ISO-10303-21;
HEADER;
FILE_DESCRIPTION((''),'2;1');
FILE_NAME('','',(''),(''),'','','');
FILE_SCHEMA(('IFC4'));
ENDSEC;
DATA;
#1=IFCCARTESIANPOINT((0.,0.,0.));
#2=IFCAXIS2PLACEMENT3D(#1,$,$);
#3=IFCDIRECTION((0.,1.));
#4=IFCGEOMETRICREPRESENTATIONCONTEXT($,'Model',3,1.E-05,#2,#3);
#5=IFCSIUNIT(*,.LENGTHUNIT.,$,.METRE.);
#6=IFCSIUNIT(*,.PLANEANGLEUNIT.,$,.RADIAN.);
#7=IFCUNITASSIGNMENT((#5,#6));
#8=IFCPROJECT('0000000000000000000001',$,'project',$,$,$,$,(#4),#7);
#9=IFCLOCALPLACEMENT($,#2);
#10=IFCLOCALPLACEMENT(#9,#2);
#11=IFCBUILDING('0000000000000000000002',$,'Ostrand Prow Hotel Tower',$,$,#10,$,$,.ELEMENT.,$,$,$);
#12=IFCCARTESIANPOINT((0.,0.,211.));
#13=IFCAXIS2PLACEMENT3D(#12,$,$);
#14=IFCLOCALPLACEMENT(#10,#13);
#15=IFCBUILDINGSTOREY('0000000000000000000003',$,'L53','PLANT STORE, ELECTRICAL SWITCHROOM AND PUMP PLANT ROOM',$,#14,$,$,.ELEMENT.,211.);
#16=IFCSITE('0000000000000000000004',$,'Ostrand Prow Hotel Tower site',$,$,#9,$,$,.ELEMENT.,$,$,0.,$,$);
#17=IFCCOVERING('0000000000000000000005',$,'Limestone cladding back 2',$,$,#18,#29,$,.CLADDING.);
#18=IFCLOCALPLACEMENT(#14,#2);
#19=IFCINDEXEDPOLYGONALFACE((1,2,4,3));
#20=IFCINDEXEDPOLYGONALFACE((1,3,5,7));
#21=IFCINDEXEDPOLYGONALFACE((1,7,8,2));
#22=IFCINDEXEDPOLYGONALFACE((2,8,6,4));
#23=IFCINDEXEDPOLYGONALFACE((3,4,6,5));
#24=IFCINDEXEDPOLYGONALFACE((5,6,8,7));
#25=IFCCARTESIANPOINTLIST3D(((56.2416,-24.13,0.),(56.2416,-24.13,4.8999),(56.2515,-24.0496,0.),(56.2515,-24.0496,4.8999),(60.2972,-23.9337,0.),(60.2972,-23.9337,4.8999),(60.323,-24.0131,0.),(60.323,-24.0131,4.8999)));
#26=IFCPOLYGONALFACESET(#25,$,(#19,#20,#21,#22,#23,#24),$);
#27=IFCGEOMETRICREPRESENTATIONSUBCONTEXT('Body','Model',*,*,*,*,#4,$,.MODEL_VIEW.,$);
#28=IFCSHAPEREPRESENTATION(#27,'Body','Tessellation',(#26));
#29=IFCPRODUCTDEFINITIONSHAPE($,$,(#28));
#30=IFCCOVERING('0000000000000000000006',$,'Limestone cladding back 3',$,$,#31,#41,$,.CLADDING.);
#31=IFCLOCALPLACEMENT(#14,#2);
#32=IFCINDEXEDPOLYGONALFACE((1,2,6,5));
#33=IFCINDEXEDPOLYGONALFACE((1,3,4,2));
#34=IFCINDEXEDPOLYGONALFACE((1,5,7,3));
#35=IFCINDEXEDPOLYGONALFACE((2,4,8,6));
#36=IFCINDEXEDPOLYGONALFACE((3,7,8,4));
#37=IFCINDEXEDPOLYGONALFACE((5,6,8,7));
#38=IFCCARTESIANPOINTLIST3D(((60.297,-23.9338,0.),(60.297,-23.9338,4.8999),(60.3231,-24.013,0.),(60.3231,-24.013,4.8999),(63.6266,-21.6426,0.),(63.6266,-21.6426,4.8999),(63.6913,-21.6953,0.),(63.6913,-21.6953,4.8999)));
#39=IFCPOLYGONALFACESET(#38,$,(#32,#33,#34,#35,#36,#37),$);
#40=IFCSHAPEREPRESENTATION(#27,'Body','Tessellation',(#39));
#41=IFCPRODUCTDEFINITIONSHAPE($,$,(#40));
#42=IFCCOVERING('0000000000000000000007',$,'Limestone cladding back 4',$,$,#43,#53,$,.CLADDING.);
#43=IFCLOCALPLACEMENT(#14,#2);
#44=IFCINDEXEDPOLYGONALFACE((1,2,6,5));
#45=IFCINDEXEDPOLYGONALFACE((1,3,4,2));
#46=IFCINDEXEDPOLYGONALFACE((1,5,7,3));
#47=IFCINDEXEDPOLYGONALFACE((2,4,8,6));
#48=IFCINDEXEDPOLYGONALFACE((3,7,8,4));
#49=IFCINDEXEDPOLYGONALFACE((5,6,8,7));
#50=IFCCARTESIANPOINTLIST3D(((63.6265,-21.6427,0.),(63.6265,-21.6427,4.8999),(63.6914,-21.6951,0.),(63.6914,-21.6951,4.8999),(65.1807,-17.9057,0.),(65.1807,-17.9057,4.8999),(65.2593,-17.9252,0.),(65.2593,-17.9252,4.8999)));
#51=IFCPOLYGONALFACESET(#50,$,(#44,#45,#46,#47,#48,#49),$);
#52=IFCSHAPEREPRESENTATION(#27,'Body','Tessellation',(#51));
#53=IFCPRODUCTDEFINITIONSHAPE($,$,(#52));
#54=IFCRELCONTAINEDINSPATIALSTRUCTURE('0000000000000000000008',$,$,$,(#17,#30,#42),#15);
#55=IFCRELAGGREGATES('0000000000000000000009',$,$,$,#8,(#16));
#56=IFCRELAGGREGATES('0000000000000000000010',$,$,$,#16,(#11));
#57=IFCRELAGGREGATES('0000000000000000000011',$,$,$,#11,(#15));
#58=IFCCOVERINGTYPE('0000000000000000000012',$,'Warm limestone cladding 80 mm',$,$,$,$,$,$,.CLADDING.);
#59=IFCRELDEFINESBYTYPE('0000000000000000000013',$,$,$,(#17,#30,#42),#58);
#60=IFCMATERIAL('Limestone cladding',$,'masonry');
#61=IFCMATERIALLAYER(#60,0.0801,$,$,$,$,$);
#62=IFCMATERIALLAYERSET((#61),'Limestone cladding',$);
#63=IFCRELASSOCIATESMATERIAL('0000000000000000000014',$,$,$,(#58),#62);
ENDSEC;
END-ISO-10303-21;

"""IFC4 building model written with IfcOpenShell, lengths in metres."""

from ifc_helpers import new_model, si_unit, direction, frame, origin, place, context, subcontext, project, spatial, polyline, outline, extrude, material, layer, layer_set, type_object, element, save


model = new_model("IFC4")

# Units and contexts
model_context = context("Model", 3, precision=1e-05, world=origin(), true_north=direction((0.0, 1.0)))
body_context = subcontext(model_context, "Body", "Model", "MODEL_VIEW")
ifc_project = project(units=[si_unit("LENGTHUNIT", "METRE"), si_unit("PLANEANGLEUNIT", "RADIAN")], contexts=[model_context])

# Site, building, storey
site_placement = place(None, origin())
site = spatial("IfcSite", under=ifc_project, at=site_placement, Name="Ostrand Prow Hotel Tower site", CompositionType="ELEMENT", RefElevation=0.0)
building_placement = place(site_placement, origin())
building = spatial("IfcBuilding", under=site, at=building_placement, Name="Ostrand Prow Hotel Tower", CompositionType="ELEMENT")
storey_placement = place(building_placement, frame((0.0, 0.0, 211.0)))
storey = spatial("IfcBuildingStorey", under=building, at=storey_placement, Name="L53", Description="PLANT STORE, ELECTRICAL SWITCHROOM AND PUMP PLANT ROOM", CompositionType="ELEMENT", Elevation=211.0)

# Coverings
ifc_material_1 = material(Name="Limestone cladding", Category="masonry")
ifc_layer_1 = layer(ifc_material_1, 0.0801)
ifc_layer_set_1 = layer_set([ifc_layer_1], Name="Limestone cladding")
covering_type_1 = type_object("IfcCoveringType", Name="Warm limestone cladding 80 mm", PredefinedType="CLADDING", material=ifc_layer_set_1)
covering_1_placement = place(storey_placement, frame((56.2466, -24.0898, 0.0), z_axis=(0.0, 0.0, 1.0), x_axis=(0.99959, 0.028647, 0.0)))
element("IfcCovering", 1, at=covering_1_placement, inside=storey, type_object=covering_type_1, Name="Limestone cladding back 2", PredefinedType="CLADDING", context=body_context, shape_type="SweptSolid", body=[
    extrude(outline(polyline([(-0.0061, -0.04), (4.0769, -0.04), (4.0535, 0.04), (0.0061, 0.04), (-0.0061, -0.04)])), origin(), (0.0, 0.0, 1.0), 4.8999),
])
covering_2_placement = place(storey_placement, frame((60.3101, -23.9734, 0.0), z_axis=(0.0, 0.0, 1.0), x_axis=(0.823802, 0.566878, 0.0)))
element("IfcCovering", 2, at=covering_2_placement, inside=storey, type_object=covering_type_1, Name="Limestone cladding back 3", PredefinedType="CLADDING", context=body_context, shape_type="SweptSolid", body=[
    extrude(outline(polyline([(-0.0117, -0.04), (4.0769, -0.04), (4.0535, 0.04), (0.0117, 0.04), (-0.0117, -0.04)])), origin(), (0.0, 0.0, 1.0), 4.8999),
])
covering_3_placement = place(storey_placement, frame((63.6589, -21.6689, 0.0), z_axis=(0.0, 0.0, 1.0), x_axis=(0.38401, 0.923329, 0.0)))
element("IfcCovering", 3, at=covering_3_placement, inside=storey, type_object=covering_type_1, Name="Limestone cladding back 4", PredefinedType="CLADDING", context=body_context, shape_type="SweptSolid", body=[
    extrude(outline(polyline([(-0.0117, -0.04), (4.0713, -0.04), (4.0591, 0.04), (0.0117, 0.04), (-0.0117, -0.04)])), origin(), (0.0, 0.0, 1.0), 4.8999),
])

save(model, "model.ifc")
